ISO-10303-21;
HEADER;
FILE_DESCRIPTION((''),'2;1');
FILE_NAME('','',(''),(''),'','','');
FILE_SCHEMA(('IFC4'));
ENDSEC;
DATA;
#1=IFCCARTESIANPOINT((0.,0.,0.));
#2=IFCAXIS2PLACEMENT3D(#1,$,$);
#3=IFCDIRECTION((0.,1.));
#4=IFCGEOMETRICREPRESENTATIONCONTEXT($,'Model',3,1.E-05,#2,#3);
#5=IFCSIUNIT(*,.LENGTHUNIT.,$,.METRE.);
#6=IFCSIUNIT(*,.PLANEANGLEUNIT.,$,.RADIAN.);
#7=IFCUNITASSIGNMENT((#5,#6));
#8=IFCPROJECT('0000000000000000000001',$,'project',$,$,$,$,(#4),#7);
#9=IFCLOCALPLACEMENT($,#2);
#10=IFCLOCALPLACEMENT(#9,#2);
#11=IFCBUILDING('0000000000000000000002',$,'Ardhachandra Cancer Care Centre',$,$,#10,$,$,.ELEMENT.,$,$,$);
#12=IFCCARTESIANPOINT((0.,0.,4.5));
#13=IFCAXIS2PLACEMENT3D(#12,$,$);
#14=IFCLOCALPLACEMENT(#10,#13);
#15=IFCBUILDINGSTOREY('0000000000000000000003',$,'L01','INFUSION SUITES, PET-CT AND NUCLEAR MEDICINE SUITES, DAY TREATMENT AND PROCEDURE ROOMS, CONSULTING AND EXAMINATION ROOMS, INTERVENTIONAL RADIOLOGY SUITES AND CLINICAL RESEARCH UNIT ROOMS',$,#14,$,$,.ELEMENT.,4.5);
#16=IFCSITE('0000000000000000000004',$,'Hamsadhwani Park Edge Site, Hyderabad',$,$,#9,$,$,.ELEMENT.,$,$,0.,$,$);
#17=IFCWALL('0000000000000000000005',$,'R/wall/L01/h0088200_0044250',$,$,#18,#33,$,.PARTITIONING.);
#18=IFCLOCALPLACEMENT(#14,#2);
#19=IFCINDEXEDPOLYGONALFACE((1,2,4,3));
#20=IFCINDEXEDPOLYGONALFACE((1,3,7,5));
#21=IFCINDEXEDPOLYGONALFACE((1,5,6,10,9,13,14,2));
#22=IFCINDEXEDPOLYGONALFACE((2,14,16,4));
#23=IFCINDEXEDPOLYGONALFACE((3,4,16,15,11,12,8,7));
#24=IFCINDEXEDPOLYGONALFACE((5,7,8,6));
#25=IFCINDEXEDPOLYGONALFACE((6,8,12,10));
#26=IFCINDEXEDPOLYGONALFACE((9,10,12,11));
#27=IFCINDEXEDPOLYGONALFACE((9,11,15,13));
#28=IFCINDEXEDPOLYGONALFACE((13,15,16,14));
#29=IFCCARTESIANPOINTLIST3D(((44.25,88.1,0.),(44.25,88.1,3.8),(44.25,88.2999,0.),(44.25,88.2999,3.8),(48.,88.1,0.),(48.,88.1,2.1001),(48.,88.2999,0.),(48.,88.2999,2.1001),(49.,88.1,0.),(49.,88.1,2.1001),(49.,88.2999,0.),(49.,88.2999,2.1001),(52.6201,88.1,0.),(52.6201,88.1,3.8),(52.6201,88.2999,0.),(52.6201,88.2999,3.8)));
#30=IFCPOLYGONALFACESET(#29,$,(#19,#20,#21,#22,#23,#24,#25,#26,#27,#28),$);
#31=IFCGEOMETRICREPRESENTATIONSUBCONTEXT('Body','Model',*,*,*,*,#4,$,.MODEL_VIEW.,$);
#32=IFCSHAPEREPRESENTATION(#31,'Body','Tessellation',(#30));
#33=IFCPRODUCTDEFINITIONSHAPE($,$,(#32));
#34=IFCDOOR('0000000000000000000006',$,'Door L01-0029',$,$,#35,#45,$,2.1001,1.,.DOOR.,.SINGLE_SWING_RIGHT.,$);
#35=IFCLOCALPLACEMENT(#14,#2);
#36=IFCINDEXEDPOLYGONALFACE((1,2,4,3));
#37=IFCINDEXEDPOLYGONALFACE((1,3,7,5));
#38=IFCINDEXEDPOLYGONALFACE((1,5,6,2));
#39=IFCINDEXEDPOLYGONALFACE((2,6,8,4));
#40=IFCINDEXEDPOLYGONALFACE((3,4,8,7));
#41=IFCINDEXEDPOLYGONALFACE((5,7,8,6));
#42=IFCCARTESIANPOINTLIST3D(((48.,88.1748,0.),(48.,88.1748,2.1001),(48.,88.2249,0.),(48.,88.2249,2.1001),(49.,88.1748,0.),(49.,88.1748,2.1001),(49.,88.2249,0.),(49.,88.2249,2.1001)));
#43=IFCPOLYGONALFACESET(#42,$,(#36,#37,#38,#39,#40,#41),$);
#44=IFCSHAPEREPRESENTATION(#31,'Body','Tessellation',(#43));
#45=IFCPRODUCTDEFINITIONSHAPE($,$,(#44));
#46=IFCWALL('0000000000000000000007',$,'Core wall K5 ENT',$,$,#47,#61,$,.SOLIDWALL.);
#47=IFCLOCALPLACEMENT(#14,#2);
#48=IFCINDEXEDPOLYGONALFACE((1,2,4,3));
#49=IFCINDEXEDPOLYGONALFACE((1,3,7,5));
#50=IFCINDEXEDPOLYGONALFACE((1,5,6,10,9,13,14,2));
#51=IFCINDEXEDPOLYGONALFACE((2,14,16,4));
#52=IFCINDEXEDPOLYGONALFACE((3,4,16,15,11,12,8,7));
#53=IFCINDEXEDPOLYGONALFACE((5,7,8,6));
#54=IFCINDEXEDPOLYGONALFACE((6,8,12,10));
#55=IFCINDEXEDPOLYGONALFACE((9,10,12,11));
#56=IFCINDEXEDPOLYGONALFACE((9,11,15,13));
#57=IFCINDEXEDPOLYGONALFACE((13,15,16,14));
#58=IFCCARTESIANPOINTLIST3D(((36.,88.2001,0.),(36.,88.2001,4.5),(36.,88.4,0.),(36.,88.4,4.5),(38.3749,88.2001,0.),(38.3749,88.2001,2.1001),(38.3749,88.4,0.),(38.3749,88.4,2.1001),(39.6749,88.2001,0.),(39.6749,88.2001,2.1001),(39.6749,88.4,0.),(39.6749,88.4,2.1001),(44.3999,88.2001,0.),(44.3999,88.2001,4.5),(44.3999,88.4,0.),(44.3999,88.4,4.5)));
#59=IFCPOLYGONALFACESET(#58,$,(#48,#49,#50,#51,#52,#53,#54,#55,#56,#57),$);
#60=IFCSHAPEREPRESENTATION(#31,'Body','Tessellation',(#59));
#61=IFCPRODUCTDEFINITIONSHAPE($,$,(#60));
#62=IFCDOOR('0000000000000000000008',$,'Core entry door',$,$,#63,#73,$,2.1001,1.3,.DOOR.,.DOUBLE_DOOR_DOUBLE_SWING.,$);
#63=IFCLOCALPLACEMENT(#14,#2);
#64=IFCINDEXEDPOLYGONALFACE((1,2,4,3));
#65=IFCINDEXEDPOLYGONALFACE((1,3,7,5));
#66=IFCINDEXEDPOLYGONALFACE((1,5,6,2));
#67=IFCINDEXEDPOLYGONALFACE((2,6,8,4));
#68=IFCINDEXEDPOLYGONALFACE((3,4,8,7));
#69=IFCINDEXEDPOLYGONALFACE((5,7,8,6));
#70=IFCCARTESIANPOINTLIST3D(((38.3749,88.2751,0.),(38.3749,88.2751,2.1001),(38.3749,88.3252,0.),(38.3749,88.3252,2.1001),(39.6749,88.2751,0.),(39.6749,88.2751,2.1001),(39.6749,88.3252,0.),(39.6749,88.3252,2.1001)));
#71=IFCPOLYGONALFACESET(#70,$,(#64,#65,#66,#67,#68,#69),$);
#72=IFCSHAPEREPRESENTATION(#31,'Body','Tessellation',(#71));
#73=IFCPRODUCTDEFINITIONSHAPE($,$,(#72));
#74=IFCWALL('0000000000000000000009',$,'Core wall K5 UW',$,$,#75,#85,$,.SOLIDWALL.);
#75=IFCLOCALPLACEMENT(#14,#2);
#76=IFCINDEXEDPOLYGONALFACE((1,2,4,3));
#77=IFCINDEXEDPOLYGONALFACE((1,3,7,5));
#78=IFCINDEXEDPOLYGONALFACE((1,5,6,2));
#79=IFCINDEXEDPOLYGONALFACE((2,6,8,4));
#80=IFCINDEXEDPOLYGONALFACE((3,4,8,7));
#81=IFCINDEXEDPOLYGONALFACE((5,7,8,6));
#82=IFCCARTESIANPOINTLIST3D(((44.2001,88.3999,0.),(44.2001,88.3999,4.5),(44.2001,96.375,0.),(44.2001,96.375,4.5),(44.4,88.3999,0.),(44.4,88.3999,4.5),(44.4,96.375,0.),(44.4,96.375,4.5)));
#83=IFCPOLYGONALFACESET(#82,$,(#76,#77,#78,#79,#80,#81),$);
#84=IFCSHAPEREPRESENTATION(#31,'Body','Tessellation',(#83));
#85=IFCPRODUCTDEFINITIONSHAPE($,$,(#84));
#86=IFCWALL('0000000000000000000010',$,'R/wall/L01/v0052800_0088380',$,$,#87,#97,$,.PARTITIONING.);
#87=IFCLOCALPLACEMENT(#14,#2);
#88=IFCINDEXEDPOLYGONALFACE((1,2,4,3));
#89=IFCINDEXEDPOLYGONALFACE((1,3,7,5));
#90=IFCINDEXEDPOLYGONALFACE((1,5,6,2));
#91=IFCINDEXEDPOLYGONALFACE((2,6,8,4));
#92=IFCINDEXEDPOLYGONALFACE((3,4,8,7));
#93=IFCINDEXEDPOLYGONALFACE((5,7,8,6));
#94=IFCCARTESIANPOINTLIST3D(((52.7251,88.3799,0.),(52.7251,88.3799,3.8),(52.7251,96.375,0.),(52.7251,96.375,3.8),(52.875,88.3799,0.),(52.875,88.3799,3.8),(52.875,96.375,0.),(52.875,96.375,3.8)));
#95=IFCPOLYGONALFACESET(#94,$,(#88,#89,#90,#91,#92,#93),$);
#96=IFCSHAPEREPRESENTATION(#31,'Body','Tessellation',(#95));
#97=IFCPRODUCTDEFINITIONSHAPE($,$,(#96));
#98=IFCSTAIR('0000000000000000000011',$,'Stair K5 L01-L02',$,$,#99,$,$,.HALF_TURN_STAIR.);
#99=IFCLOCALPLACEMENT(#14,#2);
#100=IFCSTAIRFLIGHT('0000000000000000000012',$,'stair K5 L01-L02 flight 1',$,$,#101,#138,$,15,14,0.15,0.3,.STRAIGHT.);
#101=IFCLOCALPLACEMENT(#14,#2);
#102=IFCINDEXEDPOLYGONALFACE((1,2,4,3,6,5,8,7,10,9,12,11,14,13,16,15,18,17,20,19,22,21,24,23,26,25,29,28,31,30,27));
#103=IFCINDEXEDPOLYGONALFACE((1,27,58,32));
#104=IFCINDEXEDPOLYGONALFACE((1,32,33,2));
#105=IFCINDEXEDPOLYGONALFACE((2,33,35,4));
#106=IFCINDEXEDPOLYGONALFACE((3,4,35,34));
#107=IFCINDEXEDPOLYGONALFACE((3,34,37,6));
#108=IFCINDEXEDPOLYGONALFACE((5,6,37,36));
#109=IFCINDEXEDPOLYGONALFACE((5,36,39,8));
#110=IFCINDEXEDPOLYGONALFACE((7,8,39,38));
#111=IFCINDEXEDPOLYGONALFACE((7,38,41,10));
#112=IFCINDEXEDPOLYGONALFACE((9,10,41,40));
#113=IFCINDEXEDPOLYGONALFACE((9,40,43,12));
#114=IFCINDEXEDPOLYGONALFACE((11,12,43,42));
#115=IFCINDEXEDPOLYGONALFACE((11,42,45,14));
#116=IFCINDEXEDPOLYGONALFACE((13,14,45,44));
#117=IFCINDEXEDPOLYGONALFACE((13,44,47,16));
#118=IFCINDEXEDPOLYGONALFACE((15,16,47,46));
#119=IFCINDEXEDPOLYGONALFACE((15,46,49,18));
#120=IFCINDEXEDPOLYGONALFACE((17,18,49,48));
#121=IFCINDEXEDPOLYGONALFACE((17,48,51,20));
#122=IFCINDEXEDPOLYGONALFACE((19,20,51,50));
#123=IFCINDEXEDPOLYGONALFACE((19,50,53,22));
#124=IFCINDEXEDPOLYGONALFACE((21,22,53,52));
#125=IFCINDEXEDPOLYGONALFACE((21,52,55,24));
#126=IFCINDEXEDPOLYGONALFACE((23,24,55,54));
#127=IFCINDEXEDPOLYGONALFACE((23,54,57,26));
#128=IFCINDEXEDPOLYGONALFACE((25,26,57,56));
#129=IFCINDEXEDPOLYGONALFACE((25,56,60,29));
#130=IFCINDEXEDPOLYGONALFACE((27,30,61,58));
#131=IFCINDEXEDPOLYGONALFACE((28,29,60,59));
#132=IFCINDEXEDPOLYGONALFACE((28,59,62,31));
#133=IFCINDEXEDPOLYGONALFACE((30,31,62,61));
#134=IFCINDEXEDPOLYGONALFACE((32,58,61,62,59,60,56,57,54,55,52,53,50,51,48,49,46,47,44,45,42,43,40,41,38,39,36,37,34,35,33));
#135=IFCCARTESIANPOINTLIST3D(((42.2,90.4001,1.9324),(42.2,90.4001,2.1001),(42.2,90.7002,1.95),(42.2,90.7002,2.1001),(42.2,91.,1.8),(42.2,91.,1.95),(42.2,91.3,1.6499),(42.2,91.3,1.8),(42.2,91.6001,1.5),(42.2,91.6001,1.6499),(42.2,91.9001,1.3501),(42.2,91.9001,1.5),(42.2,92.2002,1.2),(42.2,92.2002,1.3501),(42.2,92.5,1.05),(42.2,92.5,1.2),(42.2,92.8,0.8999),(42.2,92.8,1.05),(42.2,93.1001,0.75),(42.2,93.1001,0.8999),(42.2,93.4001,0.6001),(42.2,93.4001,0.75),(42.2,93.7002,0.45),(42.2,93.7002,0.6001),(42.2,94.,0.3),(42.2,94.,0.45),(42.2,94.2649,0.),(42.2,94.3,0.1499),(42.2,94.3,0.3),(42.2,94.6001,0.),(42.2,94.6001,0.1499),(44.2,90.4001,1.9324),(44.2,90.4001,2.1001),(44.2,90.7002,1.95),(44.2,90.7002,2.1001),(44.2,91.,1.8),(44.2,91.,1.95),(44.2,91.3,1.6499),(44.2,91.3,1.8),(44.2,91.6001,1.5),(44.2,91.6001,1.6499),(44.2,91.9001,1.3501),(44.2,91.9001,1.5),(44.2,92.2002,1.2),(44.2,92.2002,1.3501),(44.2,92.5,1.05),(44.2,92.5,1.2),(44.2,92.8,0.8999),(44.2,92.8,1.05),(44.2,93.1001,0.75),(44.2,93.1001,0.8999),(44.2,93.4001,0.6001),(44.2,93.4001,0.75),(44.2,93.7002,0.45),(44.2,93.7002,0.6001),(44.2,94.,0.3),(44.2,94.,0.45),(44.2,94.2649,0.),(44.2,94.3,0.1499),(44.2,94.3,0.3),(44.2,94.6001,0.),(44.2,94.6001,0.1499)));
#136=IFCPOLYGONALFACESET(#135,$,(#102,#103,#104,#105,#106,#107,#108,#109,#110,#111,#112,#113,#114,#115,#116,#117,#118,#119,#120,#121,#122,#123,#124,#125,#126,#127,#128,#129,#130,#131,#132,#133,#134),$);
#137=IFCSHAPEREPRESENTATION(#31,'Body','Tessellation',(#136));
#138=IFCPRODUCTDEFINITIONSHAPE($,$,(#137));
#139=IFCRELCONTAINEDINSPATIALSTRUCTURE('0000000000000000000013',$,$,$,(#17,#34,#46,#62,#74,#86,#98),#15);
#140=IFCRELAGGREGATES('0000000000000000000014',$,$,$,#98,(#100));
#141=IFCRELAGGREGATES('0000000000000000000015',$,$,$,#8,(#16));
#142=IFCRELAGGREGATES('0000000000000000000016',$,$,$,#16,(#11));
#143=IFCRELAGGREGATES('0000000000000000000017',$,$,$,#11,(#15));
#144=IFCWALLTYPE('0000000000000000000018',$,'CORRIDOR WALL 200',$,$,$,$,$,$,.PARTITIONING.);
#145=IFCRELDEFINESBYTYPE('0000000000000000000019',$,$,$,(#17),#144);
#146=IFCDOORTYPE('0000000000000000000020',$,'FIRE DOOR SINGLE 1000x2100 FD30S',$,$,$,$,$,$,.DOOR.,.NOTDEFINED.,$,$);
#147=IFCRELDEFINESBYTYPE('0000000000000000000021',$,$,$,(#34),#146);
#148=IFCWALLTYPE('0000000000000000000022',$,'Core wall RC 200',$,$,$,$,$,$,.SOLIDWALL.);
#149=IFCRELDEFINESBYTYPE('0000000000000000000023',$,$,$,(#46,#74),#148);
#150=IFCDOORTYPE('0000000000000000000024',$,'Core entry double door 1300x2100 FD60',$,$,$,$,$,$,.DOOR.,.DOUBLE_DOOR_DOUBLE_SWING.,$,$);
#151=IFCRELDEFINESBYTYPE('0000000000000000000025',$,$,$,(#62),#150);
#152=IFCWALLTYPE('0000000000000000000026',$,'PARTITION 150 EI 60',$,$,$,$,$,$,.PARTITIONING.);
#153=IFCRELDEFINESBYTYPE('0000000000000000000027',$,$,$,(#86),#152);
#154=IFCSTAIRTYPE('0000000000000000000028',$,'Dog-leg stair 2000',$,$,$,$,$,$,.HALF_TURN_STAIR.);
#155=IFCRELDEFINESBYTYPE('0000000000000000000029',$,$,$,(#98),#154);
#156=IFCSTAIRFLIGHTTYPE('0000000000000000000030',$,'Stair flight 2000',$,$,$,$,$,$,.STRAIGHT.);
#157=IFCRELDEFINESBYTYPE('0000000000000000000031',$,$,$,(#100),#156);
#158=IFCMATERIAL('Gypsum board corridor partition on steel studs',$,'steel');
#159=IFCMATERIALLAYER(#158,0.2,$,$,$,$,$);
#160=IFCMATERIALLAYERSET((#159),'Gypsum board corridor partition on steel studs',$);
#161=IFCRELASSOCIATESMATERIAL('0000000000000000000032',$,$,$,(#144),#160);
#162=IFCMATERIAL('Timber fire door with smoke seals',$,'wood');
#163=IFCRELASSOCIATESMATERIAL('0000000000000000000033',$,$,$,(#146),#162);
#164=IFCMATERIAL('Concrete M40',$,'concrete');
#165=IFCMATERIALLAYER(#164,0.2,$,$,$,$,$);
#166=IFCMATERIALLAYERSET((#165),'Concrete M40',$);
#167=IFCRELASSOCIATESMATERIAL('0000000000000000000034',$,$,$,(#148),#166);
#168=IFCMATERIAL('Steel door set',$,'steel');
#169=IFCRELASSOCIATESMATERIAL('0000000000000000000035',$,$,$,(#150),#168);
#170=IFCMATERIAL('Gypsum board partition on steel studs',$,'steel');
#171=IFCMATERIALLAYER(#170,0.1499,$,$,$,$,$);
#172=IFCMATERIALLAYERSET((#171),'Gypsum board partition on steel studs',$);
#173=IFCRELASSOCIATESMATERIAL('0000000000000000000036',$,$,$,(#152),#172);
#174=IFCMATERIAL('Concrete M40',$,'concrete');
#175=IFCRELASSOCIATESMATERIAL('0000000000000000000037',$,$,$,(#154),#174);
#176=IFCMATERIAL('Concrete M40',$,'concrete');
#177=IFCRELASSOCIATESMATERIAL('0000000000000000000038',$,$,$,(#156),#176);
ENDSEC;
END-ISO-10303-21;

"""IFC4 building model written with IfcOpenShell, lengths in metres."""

from ifc_helpers import new_model, si_unit, direction, frame, frame_2d, origin, place, context, subcontext, project, spatial, polyline, rectangle, outline, extrude, material, layer, layer_set, type_object, element, fill, aggregate, save


model = new_model("IFC4")

# Units and contexts
model_context = context("Model", 3, precision=1e-05, world=origin(), true_north=direction((0.0, 1.0)))
body_context = subcontext(model_context, "Body", "Model", "MODEL_VIEW")
ifc_project = project(units=[si_unit("LENGTHUNIT", "METRE"), si_unit("PLANEANGLEUNIT", "RADIAN")], contexts=[model_context])

# Site, building, storey
site_placement = place(None, origin())
site = spatial("IfcSite", under=ifc_project, at=site_placement, Name="Hamsadhwani Park Edge Site, Hyderabad", CompositionType="ELEMENT", RefElevation=0.0)
building_placement = place(site_placement, origin())
building = spatial("IfcBuilding", under=site, at=building_placement, Name="Ardhachandra Cancer Care Centre", CompositionType="ELEMENT")
storey_placement = place(building_placement, frame((0.0, 0.0, 4.5)))
storey = spatial("IfcBuildingStorey", under=building, at=storey_placement, Name="L01", Description="INFUSION SUITES, PET-CT AND NUCLEAR MEDICINE SUITES, DAY TREATMENT AND PROCEDURE ROOMS, CONSULTING AND EXAMINATION ROOMS, INTERVENTIONAL RADIOLOGY SUITES AND CLINICAL RESEARCH UNIT ROOMS", CompositionType="ELEMENT", Elevation=4.5)

# Walls, openings, doors
ifc_material_1 = material(Name="Gypsum board corridor partition on steel studs", Category="steel")
ifc_layer_1 = layer(ifc_material_1, 0.2)
ifc_layer_set_1 = layer_set([ifc_layer_1], Name="Gypsum board corridor partition on steel studs")
wall_type_1 = type_object("IfcWallType", Name="CORRIDOR WALL 200", PredefinedType="PARTITIONING", material=ifc_layer_set_1)
wall_1_placement = place(storey_placement, frame((44.25, 88.2, 0.0), z_axis=(0.0, 0.0, 1.0), x_axis=(1.0, 0.0, 0.0)))
wall_1 = element("IfcWall", 1, at=wall_1_placement, inside=storey, type_object=wall_type_1, Name="R/wall/L01/h0088200_0044250", PredefinedType="PARTITIONING", context=body_context, shape_type="SweptSolid", body=[
    extrude(rectangle(XDim=8.3701, YDim=0.2, at=frame_2d((4.1851, 0.0))), origin(), (0.0, 0.0, 1.0), 3.8),
])
opening_1_placement = place(wall_1_placement, frame((3.75, 0.0, 0.0)))
opening_1 = element("IfcOpeningElement", 2, at=opening_1_placement, cuts=wall_1, PredefinedType="OPENING", context=body_context, shape_type="SweptSolid", body=[
    extrude(rectangle(XDim=1.0, YDim=2.1001, at=frame_2d((0.5, 1.05))), frame((0.0, 0.1099, 0.0), z_axis=(0.0, -1.0, 0.0), x_axis=(1.0, 0.0, 0.0)), (0.0, 0.0, 1.0), 0.22),
])
ifc_material_2 = material(Name="Timber fire door with smoke seals", Category="wood")
door_type_1 = type_object("IfcDoorType", Name="FIRE DOOR SINGLE 1000x2100 FD30S", OperationType="NOTDEFINED", PredefinedType="DOOR", material=ifc_material_2)
door_1_placement = place(opening_1_placement, origin())
door_1 = element("IfcDoor", 3, at=door_1_placement, inside=storey, type_object=door_type_1, Name="Door L01-0029", OperationType="SINGLE_SWING_RIGHT", OverallHeight=2.1001, OverallWidth=1.0, PredefinedType="DOOR", context=body_context, shape_type="SweptSolid", body=[
    extrude(rectangle(XDim=1.0, YDim=2.1001, at=frame_2d((0.5, 1.05))), frame((0.0, 0.0249, 0.0), z_axis=(0.0, -1.0, 0.0), x_axis=(1.0, 0.0, 0.0)), (0.0, 0.0, 1.0), 0.05),
])
fill(opening_1, door_1)
ifc_material_3 = material(Name="Concrete M40", Category="concrete")
ifc_layer_2 = layer(ifc_material_3, 0.2)
ifc_layer_set_2 = layer_set([ifc_layer_2], Name="Concrete M40")
wall_type_2 = type_object("IfcWallType", Name="Core wall RC 200", PredefinedType="SOLIDWALL", material=ifc_layer_set_2)
wall_2_placement = place(storey_placement, frame((44.3999, 88.3, 0.0), z_axis=(0.0, 0.0, 1.0), x_axis=(-1.0, 0.0, 0.0)))
wall_2 = element("IfcWall", 4, at=wall_2_placement, inside=storey, type_object=wall_type_2, Name="Core wall K5 ENT", PredefinedType="SOLIDWALL", context=body_context, shape_type="SweptSolid", body=[
    extrude(rectangle(XDim=8.3999, YDim=0.2, at=frame_2d((4.2, 0.0))), origin(), (0.0, 0.0, 1.0), 4.5),
])
opening_2_placement = place(wall_2_placement, frame((4.7251, 0.0, 0.0)))
opening_2 = element("IfcOpeningElement", 5, at=opening_2_placement, cuts=wall_2, PredefinedType="OPENING", context=body_context, shape_type="SweptSolid", body=[
    extrude(rectangle(XDim=1.3, YDim=2.1001, at=frame_2d((0.6499, 1.05))), frame((0.0, 0.1099, 0.0), z_axis=(0.0, -1.0, 0.0), x_axis=(1.0, 0.0, 0.0)), (0.0, 0.0, 1.0), 0.22),
])
ifc_material_4 = material(Name="Steel door set", Category="steel")
door_type_2 = type_object("IfcDoorType", Name="Core entry double door 1300x2100 FD60", OperationType="DOUBLE_DOOR_DOUBLE_SWING", PredefinedType="DOOR", material=ifc_material_4)
door_2_placement = place(opening_2_placement, origin())
door_2 = element("IfcDoor", 6, at=door_2_placement, inside=storey, type_object=door_type_2, Name="Core entry door", OperationType="DOUBLE_DOOR_DOUBLE_SWING", OverallHeight=2.1001, OverallWidth=1.3, PredefinedType="DOOR", context=body_context, shape_type="SweptSolid", body=[
    extrude(rectangle(XDim=1.3, YDim=2.1001, at=frame_2d((0.6499, 1.05))), frame((0.0, 0.0249, 0.0), z_axis=(0.0, -1.0, 0.0), x_axis=(1.0, 0.0, 0.0)), (0.0, 0.0, 1.0), 0.05),
])
fill(opening_2, door_2)

# Walls
wall_3_placement = place(storey_placement, frame((44.3, 88.3999, 0.0), z_axis=(0.0, 0.0, 1.0), x_axis=(0.0, 1.0, 0.0)))
element("IfcWall", 7, at=wall_3_placement, inside=storey, type_object=wall_type_2, Name="Core wall K5 UW", PredefinedType="SOLIDWALL", context=body_context, shape_type="SweptSolid", body=[
    extrude(rectangle(XDim=7.9751, YDim=0.2, at=frame_2d((3.9875, 0.0))), origin(), (0.0, 0.0, 1.0), 4.5),
])
ifc_material_5 = material(Name="Gypsum board partition on steel studs", Category="steel")
ifc_layer_3 = layer(ifc_material_5, 0.1499)
ifc_layer_set_3 = layer_set([ifc_layer_3], Name="Gypsum board partition on steel studs")
wall_type_3 = type_object("IfcWallType", Name="PARTITION 150 EI 60", PredefinedType="PARTITIONING", material=ifc_layer_set_3)
wall_4_placement = place(storey_placement, frame((52.8, 88.3799, 0.0), z_axis=(0.0, 0.0, 1.0), x_axis=(0.0, 1.0, 0.0)))
element("IfcWall", 8, at=wall_4_placement, inside=storey, type_object=wall_type_3, Name="R/wall/L01/v0052800_0088380", PredefinedType="PARTITIONING", context=body_context, shape_type="SweptSolid", body=[
    extrude(rectangle(XDim=7.9951, YDim=0.1499, at=frame_2d((3.9976, 0.0))), origin(), (0.0, 0.0, 1.0), 3.8),
])

# Stair, stair flight
ifc_material_6 = material(Name="Concrete M40", Category="concrete")
stair_type = type_object("IfcStairType", Name="Dog-leg stair 2000", PredefinedType="HALF_TURN_STAIR", material=ifc_material_6)
stair_placement = place(storey_placement, origin())
stair = element("IfcStair", 9, at=stair_placement, inside=storey, type_object=stair_type, Name="Stair K5 L01-L02", PredefinedType="HALF_TURN_STAIR")
ifc_material_7 = material(Name="Concrete M40", Category="concrete")
stair_flight_type = type_object("IfcStairFlightType", Name="Stair flight 2000", PredefinedType="STRAIGHT", material=ifc_material_7)
stair_flight_1_placement = place(storey_placement, frame((43.2, 94.6001, 0.0), z_axis=(0.0, 0.0, 1.0), x_axis=(0.0, -1.0, 0.0)))
stair_flight_1 = element("IfcStairFlight", 10, at=stair_flight_1_placement, type_object=stair_flight_type, Name="stair K5 L01-L02 flight 1", NumberOfRisers=15, NumberOfTreads=14, PredefinedType="STRAIGHT", RiserHeight=0.15, TreadLength=0.3, context=body_context, shape_type="SweptSolid", body=[
    extrude(outline(polyline([(0.0, 0.0), (0.0, 0.1499), (0.3, 0.1499), (0.3, 0.3), (0.6001, 0.3), (0.6001, 0.45), (0.8999, 0.45), (0.8999, 0.6001), (1.2, 0.6001), (1.2, 0.75), (1.5, 0.75), (1.5, 0.8999), (1.8, 0.8999), (1.8, 1.05), (2.1001, 1.05), (2.1001, 1.2), (2.3999, 1.2), (2.3999, 1.3501), (2.7, 1.3501), (2.7, 1.5), (3.0, 1.5), (3.0, 1.6499), (3.3, 1.6499), (3.3, 1.8), (3.6001, 1.8), (3.6001, 1.95), (3.8999, 1.95), (3.8999, 2.1001), (4.2, 2.1001), (4.2, 2.25), (4.2, 1.9324), (0.3352, 0.0), (0.0, 0.0)])), frame((0.0, 1.0, 0.0), z_axis=(0.0, -1.0, 0.0), x_axis=(1.0, 0.0, 0.0)), (0.0, 0.0, 1.0), 2.0),
])
aggregate(stair, [stair_flight_1])

save(model, "model.ifc")
